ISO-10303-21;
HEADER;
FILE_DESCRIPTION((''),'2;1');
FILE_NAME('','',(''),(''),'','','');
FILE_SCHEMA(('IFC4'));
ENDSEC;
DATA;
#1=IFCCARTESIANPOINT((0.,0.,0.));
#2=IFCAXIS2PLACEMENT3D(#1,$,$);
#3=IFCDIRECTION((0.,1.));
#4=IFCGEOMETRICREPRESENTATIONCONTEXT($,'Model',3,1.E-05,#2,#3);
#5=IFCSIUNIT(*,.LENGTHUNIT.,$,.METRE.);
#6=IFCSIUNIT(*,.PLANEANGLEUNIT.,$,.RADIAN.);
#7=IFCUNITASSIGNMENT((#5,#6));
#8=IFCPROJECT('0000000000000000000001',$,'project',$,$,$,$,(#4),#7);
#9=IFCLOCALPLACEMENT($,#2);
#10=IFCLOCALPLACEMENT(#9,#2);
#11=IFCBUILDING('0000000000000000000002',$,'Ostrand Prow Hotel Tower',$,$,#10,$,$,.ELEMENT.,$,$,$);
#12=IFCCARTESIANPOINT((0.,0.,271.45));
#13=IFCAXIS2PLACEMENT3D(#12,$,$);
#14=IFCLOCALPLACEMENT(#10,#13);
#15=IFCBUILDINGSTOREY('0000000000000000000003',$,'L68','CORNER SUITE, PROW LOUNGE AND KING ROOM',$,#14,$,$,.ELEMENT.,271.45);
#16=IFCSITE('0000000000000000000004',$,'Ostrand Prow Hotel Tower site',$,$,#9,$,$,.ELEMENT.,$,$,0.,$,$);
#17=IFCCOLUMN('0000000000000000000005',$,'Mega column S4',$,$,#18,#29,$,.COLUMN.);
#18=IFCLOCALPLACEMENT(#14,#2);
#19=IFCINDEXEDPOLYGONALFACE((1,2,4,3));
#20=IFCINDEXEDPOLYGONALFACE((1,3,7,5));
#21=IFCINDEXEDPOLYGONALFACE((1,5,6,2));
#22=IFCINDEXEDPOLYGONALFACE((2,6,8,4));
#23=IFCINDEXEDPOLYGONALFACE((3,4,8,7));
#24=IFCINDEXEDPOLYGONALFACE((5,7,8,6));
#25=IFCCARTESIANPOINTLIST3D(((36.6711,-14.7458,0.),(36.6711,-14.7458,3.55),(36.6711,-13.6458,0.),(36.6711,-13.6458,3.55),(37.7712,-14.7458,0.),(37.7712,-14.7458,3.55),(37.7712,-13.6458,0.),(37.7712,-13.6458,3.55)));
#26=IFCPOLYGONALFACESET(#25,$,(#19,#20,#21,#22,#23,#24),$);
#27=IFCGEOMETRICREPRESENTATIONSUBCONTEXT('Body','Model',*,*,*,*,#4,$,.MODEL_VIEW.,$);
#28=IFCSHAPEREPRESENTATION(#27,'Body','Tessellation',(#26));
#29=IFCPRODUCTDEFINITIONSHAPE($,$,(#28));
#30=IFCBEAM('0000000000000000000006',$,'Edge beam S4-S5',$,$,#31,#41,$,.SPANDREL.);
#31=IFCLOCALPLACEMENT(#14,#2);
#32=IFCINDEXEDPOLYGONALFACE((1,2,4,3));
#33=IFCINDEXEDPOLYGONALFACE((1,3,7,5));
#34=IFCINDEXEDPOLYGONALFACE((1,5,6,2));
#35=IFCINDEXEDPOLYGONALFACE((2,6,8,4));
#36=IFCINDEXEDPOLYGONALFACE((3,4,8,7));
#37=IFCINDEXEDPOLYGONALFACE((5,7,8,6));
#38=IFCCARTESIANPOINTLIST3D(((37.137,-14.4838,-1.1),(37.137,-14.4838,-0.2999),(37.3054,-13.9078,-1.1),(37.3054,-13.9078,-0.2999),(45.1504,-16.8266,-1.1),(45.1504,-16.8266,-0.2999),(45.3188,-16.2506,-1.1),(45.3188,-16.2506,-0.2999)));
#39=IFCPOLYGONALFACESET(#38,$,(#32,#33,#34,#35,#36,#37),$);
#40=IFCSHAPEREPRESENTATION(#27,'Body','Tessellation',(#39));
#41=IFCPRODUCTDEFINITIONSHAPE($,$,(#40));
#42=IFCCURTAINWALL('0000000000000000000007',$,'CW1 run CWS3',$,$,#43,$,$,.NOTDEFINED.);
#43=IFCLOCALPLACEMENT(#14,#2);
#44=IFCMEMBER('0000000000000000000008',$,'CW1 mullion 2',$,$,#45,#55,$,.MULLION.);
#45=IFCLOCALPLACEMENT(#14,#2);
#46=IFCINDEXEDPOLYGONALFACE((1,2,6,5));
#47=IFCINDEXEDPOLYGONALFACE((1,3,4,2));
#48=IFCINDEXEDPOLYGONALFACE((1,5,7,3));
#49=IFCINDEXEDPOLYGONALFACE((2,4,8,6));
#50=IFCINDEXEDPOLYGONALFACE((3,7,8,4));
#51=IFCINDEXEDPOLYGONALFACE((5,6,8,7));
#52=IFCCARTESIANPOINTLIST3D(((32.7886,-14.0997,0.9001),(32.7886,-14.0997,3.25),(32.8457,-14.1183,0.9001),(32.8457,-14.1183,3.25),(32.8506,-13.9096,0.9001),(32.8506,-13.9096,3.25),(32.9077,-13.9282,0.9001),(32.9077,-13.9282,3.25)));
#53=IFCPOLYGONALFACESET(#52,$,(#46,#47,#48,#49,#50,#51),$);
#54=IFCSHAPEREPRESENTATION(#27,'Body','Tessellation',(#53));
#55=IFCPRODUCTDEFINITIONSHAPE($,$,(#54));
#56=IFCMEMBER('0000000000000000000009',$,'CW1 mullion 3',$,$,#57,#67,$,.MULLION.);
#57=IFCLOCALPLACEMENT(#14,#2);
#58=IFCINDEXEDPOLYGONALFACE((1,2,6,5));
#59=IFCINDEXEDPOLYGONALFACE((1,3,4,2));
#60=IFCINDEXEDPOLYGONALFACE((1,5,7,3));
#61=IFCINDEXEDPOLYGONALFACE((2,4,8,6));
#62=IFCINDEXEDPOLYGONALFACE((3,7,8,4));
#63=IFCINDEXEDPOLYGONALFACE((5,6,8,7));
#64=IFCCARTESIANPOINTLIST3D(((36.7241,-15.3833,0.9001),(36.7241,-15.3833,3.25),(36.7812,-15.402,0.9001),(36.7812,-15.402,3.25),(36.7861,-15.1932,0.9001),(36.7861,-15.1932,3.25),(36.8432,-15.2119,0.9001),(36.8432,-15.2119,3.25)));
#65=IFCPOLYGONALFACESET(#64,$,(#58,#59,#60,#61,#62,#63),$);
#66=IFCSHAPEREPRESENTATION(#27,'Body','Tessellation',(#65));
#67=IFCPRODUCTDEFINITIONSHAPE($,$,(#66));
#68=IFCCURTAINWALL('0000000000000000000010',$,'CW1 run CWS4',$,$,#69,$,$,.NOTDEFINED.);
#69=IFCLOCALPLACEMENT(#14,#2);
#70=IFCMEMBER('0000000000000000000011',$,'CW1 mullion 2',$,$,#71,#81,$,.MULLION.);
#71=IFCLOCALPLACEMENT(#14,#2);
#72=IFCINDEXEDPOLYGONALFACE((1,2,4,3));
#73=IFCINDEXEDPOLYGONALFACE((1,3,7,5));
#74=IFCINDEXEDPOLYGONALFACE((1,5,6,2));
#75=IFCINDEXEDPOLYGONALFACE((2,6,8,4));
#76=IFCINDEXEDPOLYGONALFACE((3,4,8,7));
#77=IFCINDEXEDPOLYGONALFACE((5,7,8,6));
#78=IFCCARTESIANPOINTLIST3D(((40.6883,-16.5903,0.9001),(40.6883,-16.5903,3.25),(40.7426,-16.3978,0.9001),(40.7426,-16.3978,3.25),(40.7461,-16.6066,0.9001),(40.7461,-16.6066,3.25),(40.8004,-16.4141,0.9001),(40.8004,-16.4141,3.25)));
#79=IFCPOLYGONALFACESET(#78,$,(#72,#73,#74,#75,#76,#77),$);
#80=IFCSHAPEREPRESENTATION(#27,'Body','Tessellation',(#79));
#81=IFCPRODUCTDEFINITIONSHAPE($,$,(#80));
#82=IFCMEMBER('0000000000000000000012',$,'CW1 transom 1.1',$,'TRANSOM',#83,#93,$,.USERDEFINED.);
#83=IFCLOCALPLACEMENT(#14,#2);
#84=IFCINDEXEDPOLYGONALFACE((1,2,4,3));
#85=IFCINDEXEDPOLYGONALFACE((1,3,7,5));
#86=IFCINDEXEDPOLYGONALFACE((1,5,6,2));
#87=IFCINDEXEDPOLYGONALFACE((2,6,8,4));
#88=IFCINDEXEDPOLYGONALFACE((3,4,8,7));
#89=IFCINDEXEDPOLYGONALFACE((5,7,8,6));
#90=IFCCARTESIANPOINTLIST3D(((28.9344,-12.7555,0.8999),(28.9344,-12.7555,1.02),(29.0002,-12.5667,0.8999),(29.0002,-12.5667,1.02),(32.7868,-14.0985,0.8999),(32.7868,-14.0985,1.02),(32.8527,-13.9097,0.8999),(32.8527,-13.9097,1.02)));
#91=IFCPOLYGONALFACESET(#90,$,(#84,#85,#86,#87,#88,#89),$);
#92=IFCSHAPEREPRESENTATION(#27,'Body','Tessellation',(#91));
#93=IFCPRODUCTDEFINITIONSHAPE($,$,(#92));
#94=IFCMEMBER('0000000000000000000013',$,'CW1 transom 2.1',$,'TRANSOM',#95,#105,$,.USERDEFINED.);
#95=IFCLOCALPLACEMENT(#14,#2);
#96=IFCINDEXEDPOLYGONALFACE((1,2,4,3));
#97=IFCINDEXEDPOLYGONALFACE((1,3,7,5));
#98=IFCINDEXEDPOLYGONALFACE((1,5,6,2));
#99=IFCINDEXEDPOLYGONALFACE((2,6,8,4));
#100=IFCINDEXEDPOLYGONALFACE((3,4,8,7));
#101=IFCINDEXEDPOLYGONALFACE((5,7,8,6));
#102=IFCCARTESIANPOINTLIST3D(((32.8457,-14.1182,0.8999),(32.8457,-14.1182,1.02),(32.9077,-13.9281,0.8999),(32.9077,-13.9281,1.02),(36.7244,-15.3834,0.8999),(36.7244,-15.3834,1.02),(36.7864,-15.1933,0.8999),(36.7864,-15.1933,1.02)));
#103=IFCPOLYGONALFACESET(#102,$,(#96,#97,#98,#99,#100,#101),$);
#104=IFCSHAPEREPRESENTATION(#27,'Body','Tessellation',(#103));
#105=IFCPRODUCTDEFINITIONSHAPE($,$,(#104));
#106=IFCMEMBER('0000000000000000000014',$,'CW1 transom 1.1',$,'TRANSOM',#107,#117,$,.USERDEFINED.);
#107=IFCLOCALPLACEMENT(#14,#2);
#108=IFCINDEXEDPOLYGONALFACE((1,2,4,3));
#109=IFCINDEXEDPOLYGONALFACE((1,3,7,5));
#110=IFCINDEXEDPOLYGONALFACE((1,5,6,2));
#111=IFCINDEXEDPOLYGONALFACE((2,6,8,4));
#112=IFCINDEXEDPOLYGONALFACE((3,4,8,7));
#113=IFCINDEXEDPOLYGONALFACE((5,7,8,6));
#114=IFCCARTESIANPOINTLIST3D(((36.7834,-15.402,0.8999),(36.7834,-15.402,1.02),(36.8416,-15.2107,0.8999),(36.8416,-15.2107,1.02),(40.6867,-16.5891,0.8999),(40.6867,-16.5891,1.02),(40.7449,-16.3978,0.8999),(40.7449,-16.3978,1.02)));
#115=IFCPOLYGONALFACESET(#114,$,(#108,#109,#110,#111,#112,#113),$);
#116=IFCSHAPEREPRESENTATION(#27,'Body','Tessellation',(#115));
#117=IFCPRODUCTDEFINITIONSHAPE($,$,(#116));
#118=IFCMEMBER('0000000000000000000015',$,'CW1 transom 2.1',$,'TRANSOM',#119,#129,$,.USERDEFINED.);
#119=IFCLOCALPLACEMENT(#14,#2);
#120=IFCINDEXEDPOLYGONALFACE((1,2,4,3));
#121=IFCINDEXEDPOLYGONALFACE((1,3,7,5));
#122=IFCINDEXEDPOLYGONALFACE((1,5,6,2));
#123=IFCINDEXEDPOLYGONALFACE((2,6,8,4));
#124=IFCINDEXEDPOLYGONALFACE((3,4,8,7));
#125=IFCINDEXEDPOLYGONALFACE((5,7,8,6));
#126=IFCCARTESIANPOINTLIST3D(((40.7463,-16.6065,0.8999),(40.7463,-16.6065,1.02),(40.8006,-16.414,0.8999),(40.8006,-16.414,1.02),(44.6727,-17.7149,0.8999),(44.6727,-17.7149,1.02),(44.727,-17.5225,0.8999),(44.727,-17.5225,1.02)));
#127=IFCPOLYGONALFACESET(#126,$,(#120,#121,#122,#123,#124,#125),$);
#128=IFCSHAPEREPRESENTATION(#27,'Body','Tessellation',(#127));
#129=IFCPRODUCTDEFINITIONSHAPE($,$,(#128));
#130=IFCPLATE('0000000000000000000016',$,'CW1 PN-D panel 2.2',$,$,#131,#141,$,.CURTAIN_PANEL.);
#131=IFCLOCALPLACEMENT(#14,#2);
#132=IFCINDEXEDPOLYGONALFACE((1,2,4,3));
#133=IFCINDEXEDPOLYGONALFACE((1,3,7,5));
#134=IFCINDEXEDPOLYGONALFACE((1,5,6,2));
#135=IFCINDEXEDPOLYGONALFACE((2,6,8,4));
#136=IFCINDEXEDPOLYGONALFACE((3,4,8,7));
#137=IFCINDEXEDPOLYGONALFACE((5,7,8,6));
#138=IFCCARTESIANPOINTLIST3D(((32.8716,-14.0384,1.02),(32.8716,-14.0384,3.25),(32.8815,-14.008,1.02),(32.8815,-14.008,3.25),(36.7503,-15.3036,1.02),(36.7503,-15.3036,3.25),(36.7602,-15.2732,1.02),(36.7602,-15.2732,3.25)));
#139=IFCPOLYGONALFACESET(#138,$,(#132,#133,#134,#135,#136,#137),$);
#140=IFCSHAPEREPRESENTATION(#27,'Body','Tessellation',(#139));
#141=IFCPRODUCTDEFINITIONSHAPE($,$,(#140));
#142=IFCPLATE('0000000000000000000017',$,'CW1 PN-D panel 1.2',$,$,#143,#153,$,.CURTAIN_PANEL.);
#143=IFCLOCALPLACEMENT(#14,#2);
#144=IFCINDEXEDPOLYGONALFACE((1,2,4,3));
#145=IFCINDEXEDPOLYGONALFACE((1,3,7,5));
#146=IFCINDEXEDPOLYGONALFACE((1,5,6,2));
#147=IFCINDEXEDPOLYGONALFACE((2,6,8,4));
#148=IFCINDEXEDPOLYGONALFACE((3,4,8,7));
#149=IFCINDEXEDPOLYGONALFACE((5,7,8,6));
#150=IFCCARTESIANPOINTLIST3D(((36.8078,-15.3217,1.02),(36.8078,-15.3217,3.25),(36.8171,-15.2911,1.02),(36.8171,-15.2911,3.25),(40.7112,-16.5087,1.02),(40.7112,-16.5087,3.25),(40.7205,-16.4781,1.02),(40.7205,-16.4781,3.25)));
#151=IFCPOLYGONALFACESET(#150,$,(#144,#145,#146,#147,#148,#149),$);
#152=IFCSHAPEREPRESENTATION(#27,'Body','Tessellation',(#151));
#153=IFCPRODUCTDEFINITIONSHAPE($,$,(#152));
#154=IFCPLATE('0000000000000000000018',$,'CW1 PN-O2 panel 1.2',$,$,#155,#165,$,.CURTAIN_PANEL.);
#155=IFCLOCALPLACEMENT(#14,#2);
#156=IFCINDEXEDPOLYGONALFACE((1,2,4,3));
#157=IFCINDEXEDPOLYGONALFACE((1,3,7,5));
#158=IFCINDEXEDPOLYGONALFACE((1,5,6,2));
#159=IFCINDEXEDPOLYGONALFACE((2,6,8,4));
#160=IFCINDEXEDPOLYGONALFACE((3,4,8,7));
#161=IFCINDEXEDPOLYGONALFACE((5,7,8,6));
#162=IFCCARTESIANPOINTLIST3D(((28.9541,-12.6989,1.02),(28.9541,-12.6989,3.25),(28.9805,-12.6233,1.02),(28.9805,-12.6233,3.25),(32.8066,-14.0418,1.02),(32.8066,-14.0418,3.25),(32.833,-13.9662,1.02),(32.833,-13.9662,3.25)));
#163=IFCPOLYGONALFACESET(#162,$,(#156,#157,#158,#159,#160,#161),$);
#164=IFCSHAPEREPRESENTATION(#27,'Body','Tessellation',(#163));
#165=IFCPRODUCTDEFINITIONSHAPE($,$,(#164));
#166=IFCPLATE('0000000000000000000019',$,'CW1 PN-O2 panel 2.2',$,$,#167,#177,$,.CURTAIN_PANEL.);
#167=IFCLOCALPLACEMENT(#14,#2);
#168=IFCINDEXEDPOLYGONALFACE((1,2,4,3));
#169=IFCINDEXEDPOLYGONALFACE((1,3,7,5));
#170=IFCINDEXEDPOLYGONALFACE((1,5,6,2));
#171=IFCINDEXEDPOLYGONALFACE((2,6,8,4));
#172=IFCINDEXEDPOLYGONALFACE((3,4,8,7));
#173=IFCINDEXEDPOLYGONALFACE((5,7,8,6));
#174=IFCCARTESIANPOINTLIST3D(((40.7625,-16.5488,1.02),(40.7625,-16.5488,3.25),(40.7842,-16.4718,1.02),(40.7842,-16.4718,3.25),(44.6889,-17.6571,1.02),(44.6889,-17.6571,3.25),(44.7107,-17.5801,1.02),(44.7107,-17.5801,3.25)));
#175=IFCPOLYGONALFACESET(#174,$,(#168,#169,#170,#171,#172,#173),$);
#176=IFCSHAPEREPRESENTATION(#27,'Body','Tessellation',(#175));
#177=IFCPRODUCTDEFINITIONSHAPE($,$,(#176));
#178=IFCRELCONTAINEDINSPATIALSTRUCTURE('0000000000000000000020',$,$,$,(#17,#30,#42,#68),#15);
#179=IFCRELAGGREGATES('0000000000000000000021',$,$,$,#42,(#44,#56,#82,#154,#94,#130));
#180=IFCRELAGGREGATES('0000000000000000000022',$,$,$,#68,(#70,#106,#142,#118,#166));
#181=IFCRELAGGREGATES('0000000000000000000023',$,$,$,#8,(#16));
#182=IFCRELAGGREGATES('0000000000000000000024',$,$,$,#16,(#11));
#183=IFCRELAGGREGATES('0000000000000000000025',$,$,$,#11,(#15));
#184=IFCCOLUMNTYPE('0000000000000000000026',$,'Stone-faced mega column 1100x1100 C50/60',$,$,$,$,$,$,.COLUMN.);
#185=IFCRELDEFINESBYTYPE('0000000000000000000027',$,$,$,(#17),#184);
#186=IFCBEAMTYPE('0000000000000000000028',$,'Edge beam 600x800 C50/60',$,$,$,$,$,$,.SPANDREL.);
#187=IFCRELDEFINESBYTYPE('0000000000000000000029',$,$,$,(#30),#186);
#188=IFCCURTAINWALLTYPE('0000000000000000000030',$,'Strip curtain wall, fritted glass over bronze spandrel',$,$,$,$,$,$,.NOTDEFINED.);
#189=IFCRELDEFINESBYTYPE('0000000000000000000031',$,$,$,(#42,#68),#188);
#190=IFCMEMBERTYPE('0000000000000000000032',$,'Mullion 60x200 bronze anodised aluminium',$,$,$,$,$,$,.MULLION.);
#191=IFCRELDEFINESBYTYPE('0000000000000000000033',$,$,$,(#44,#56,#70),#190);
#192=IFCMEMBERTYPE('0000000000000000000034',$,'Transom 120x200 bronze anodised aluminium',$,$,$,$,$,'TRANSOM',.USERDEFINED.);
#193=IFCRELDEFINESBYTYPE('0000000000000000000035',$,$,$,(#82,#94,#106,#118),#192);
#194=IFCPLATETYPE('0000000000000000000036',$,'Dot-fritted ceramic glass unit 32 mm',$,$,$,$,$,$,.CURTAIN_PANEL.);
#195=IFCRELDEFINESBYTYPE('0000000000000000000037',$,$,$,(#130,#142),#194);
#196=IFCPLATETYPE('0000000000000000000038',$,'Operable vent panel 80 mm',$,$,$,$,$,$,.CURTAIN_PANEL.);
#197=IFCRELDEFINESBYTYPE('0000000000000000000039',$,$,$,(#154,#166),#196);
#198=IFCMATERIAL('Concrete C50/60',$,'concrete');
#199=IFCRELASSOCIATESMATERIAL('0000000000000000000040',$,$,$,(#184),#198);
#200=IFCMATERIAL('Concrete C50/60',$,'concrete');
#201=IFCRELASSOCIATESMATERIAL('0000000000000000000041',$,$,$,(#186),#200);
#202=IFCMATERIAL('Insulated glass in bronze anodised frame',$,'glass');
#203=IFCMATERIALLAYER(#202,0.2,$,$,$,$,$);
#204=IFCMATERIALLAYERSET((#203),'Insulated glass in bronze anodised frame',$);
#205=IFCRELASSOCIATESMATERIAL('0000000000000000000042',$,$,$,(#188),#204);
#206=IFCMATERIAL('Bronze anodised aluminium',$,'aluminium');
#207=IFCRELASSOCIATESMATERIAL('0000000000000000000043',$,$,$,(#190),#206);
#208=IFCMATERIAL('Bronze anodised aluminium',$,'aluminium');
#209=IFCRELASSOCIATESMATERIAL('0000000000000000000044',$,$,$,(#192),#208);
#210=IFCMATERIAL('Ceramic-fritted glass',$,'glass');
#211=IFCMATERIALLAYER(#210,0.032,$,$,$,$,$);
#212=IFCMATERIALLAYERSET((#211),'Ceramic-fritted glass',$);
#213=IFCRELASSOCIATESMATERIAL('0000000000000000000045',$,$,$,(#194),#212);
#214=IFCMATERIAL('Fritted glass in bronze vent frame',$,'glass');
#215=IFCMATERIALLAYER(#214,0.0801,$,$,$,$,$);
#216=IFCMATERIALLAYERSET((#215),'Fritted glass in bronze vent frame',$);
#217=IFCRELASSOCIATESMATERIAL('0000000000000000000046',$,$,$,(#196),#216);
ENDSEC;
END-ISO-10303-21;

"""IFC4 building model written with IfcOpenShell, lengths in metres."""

from ifc_helpers import new_model, si_unit, direction, frame, origin, origin_2d, place, context, subcontext, project, spatial, rectangle, extrude, material, layer, layer_set, material_profile, profile_set, type_object, element, aggregate, save


model = new_model("IFC4")

# Units and contexts
model_context = context("Model", 3, precision=1e-05, world=origin(), true_north=direction((0.0, 1.0)))
body_context = subcontext(model_context, "Body", "Model", "MODEL_VIEW")
ifc_project = project(units=[si_unit("LENGTHUNIT", "METRE"), si_unit("PLANEANGLEUNIT", "RADIAN")], contexts=[model_context])

# Site, building, storey
site_placement = place(None, origin())
site = spatial("IfcSite", under=ifc_project, at=site_placement, Name="Ostrand Prow Hotel Tower site", CompositionType="ELEMENT", RefElevation=0.0)
building_placement = place(site_placement, origin())
building = spatial("IfcBuilding", under=site, at=building_placement, Name="Ostrand Prow Hotel Tower", CompositionType="ELEMENT")
storey_placement = place(building_placement, frame((0.0, 0.0, 271.45)))
storey = spatial("IfcBuildingStorey", under=building, at=storey_placement, Name="L68", Description="CORNER SUITE, PROW LOUNGE AND KING ROOM", CompositionType="ELEMENT", Elevation=271.45)

# Column
ifc_material_1 = material(Name="Concrete C50/60", Category="concrete")
ifc_material_profile_1 = material_profile(ifc_material_1, rectangle(XDim=1.1001, YDim=1.1001, at=origin_2d()), Name="RC 1100x1100")
ifc_profile_set_1 = profile_set([ifc_material_profile_1], Name="Concrete C50/60")
column_type = type_object("IfcColumnType", Name="Stone-faced mega column 1100x1100 C50/60", PredefinedType="COLUMN", material=ifc_profile_set_1)
column_placement = place(storey_placement, frame((37.2212, -14.1958, 0.0), z_axis=(0.0, 0.0, 1.0), x_axis=(1.0, 0.0, 0.0)))
element("IfcColumn", 1, at=column_placement, inside=storey, type_object=column_type, Name="Mega column S4", PredefinedType="COLUMN", context=body_context, shape_type="SweptSolid", body=[
    extrude(rectangle(XDim=1.1001, YDim=1.1001, at=origin_2d()), origin(), (0.0, 0.0, 1.0), 3.55),
])

# Beam
ifc_material_2 = material(Name="Concrete C50/60", Category="concrete")
ifc_material_profile_2 = material_profile(ifc_material_2, rectangle(XDim=0.6001, YDim=0.8, at=origin_2d()), Name="RC 600x800")
ifc_profile_set_2 = profile_set([ifc_material_profile_2], Name="Concrete C50/60")
beam_type = type_object("IfcBeamType", Name="Edge beam 600x800 C50/60", PredefinedType="SPANDREL", material=ifc_profile_set_2)
beam_placement = place(storey_placement, frame((37.2212, -14.1958, -0.7), z_axis=(0.959822, -0.28061, 0.0), x_axis=(0.28061, 0.959822, 0.0)))
element("IfcBeam", 2, at=beam_placement, inside=storey, type_object=beam_type, Name="Edge beam S4-S5", PredefinedType="SPANDREL", context=body_context, shape_type="SweptSolid", body=[
    extrude(rectangle(XDim=0.6001, YDim=0.8, at=origin_2d()), origin(), (0.0, 0.0, 1.0), 8.3489),
])

# Curtain wall, members
ifc_material_3 = material(Name="Insulated glass in bronze anodised frame", Category="glass")
ifc_layer_1 = layer(ifc_material_3, 0.2)
ifc_layer_set_1 = layer_set([ifc_layer_1], Name="Insulated glass in bronze anodised frame")
curtain_wall_type = type_object("IfcCurtainWallType", Name="Strip curtain wall, fritted glass over bronze spandrel", PredefinedType="NOTDEFINED", material=ifc_layer_set_1)
curtain_wall_1_placement = place(storey_placement, origin())
curtain_wall_1 = element("IfcCurtainWall", 3, at=curtain_wall_1_placement, inside=storey, type_object=curtain_wall_type, Name="CW1 run CWS3", PredefinedType="NOTDEFINED")
ifc_material_4 = material(Name="Bronze anodised aluminium", Category="aluminium")
ifc_material_profile_3 = material_profile(ifc_material_4, rectangle(XDim=0.2, YDim=0.0601, at=origin_2d()), Name="Mullion 60x200 bronze anodised aluminium")
ifc_profile_set_3 = profile_set([ifc_material_profile_3], Name="Bronze anodised aluminium")
member_type_1 = type_object("IfcMemberType", Name="Mullion 60x200 bronze anodised aluminium", PredefinedType="MULLION", material=ifc_profile_set_3)
member_1_placement = place(storey_placement, frame((32.8481, -14.0139, 0.9001), z_axis=(0.0, 0.0, 1.0), x_axis=(0.310111, 0.9507, 0.0)))
member_1 = element("IfcMember", 4, at=member_1_placement, type_object=member_type_1, Name="CW1 mullion 2", PredefinedType="MULLION", context=body_context, shape_type="SweptSolid", body=[
    extrude(rectangle(XDim=0.2, YDim=0.0601, at=origin_2d()), origin(), (0.0, 0.0, 1.0), 2.3499),
])
member_2_placement = place(storey_placement, frame((36.7837, -15.2976, 0.9001), z_axis=(0.0, 0.0, 1.0), x_axis=(0.310111, 0.9507, 0.0)))
member_2 = element("IfcMember", 5, at=member_2_placement, type_object=member_type_1, Name="CW1 mullion 3", PredefinedType="MULLION", context=body_context, shape_type="SweptSolid", body=[
    extrude(rectangle(XDim=0.2, YDim=0.0601, at=origin_2d()), origin(), (0.0, 0.0, 1.0), 2.3499),
])

# Curtain wall, member
curtain_wall_2_placement = place(storey_placement, origin())
curtain_wall_2 = element("IfcCurtainWall", 6, at=curtain_wall_2_placement, inside=storey, type_object=curtain_wall_type, Name="CW1 run CWS4", PredefinedType="NOTDEFINED")
member_3_placement = place(storey_placement, frame((40.7444, -16.5022, 0.9001), z_axis=(0.0, 0.0, 1.0), x_axis=(0.271649, 0.962396, 0.0)))
member_3 = element("IfcMember", 7, at=member_3_placement, type_object=member_type_1, Name="CW1 mullion 2", PredefinedType="MULLION", context=body_context, shape_type="SweptSolid", body=[
    extrude(rectangle(XDim=0.2, YDim=0.0601, at=origin_2d()), origin(), (0.0, 0.0, 1.0), 2.3499),
])

# Members
ifc_material_5 = material(Name="Bronze anodised aluminium", Category="aluminium")
ifc_material_profile_4 = material_profile(ifc_material_5, rectangle(XDim=0.2, YDim=0.1201, at=origin_2d()), Name="Transom 120x200 bronze anodised aluminium")
ifc_profile_set_4 = profile_set([ifc_material_profile_4], Name="Bronze anodised aluminium")
member_type_2 = type_object("IfcMemberType", Name="Transom 120x200 bronze anodised aluminium", ElementType="TRANSOM", PredefinedType="USERDEFINED", material=ifc_profile_set_4)
member_4_placement = place(storey_placement, frame((28.9673, -12.6611, 0.96), z_axis=(0.944268, -0.329177, 0.0), x_axis=(0.329177, 0.944268, 0.0)))
member_4 = element("IfcMember", 8, at=member_4_placement, type_object=member_type_2, Name="CW1 transom 1.1", ObjectType="TRANSOM", PredefinedType="USERDEFINED", context=body_context, shape_type="SweptSolid", body=[
    extrude(rectangle(XDim=0.2, YDim=0.1201, at=origin_2d()), origin(), (0.0, 0.0, 1.0), 4.0798),
])
member_5_placement = place(storey_placement, frame((32.8767, -14.0232, 0.96), z_axis=(0.950704, -0.310099, 0.0), x_axis=(0.310099, 0.950704, 0.0)))
member_5 = element("IfcMember", 9, at=member_5_placement, type_object=member_type_2, Name="CW1 transom 2.1", ObjectType="TRANSOM", PredefinedType="USERDEFINED", context=body_context, shape_type="SweptSolid", body=[
    extrude(rectangle(XDim=0.2, YDim=0.1201, at=origin_2d()), origin(), (0.0, 0.0, 1.0), 4.0798),
])
member_6_placement = place(storey_placement, frame((36.8125, -15.3064, 0.96), z_axis=(0.956739, -0.290947, 0.0), x_axis=(0.290947, 0.956739, 0.0)))
member_6 = element("IfcMember", 10, at=member_6_placement, type_object=member_type_2, Name="CW1 transom 1.1", ObjectType="TRANSOM", PredefinedType="USERDEFINED", context=body_context, shape_type="SweptSolid", body=[
    extrude(rectangle(XDim=0.2, YDim=0.1201, at=origin_2d()), origin(), (0.0, 0.0, 1.0), 4.0798),
])
member_7_placement = place(storey_placement, frame((40.7734, -16.5103, 0.96), z_axis=(0.962386, -0.271685, 0.0), x_axis=(0.271685, 0.962386, 0.0)))
member_7 = element("IfcMember", 11, at=member_7_placement, type_object=member_type_2, Name="CW1 transom 2.1", ObjectType="TRANSOM", PredefinedType="USERDEFINED", context=body_context, shape_type="SweptSolid", body=[
    extrude(rectangle(XDim=0.2, YDim=0.1201, at=origin_2d()), origin(), (0.0, 0.0, 1.0), 4.0798),
])

# Plates
ifc_material_6 = material(Name="Ceramic-fritted glass", Category="glass")
ifc_layer_2 = layer(ifc_material_6, 0.032)
ifc_layer_set_2 = layer_set([ifc_layer_2], Name="Ceramic-fritted glass")
plate_type_1 = type_object("IfcPlateType", Name="Dot-fritted ceramic glass unit 32 mm", PredefinedType="CURTAIN_PANEL", material=ifc_layer_set_2)
plate_1_placement = place(storey_placement, frame((34.8159, -14.6558, 1.02), z_axis=(0.0, 0.0, 1.0), x_axis=(0.9507, -0.310111, 0.0)))
plate_1 = element("IfcPlate", 12, at=plate_1_placement, type_object=plate_type_1, Name="CW1 PN-D panel 2.2", PredefinedType="CURTAIN_PANEL", context=body_context, shape_type="SweptSolid", body=[
    extrude(rectangle(XDim=4.0798, YDim=0.032, at=origin_2d()), origin(), (0.0, 0.0, 1.0), 2.23),
])
plate_2_placement = place(storey_placement, frame((38.7642, -15.8999, 1.02), z_axis=(0.0, 0.0, 1.0), x_axis=(0.956742, -0.290938, 0.0)))
plate_2 = element("IfcPlate", 13, at=plate_2_placement, type_object=plate_type_1, Name="CW1 PN-D panel 1.2", PredefinedType="CURTAIN_PANEL", context=body_context, shape_type="SweptSolid", body=[
    extrude(rectangle(XDim=4.0798, YDim=0.032, at=origin_2d()), origin(), (0.0, 0.0, 1.0), 2.23),
])
ifc_material_7 = material(Name="Fritted glass in bronze vent frame", Category="glass")
ifc_layer_3 = layer(ifc_material_7, 0.0801)
ifc_layer_set_3 = layer_set([ifc_layer_3], Name="Fritted glass in bronze vent frame")
plate_type_2 = type_object("IfcPlateType", Name="Operable vent panel 80 mm", PredefinedType="CURTAIN_PANEL", material=ifc_layer_set_3)
plate_3_placement = place(storey_placement, frame((30.8936, -13.3325, 1.02), z_axis=(0.0, 0.0, 1.0), x_axis=(0.944275, -0.329158, 0.0)))
plate_3 = element("IfcPlate", 14, at=plate_3_placement, type_object=plate_type_2, Name="CW1 PN-O2 panel 1.2", PredefinedType="CURTAIN_PANEL", context=body_context, shape_type="SweptSolid", body=[
    extrude(rectangle(XDim=4.0798, YDim=0.0801, at=origin_2d()), origin(), (0.0, 0.0, 1.0), 2.23),
])
aggregate(curtain_wall_1, [member_1, member_2, member_4, plate_3, member_5, plate_1])
plate_4_placement = place(storey_placement, frame((42.7366, -17.0645, 1.02), z_axis=(0.0, 0.0, 1.0), x_axis=(0.962396, -0.271649, 0.0)))
plate_4 = element("IfcPlate", 15, at=plate_4_placement, type_object=plate_type_2, Name="CW1 PN-O2 panel 2.2", PredefinedType="CURTAIN_PANEL", context=body_context, shape_type="SweptSolid", body=[
    extrude(rectangle(XDim=4.0798, YDim=0.0801, at=origin_2d()), origin(), (0.0, 0.0, 1.0), 2.23),
])
aggregate(curtain_wall_2, [member_3, member_6, plate_2, member_7, plate_4])

save(model, "model.ifc")
